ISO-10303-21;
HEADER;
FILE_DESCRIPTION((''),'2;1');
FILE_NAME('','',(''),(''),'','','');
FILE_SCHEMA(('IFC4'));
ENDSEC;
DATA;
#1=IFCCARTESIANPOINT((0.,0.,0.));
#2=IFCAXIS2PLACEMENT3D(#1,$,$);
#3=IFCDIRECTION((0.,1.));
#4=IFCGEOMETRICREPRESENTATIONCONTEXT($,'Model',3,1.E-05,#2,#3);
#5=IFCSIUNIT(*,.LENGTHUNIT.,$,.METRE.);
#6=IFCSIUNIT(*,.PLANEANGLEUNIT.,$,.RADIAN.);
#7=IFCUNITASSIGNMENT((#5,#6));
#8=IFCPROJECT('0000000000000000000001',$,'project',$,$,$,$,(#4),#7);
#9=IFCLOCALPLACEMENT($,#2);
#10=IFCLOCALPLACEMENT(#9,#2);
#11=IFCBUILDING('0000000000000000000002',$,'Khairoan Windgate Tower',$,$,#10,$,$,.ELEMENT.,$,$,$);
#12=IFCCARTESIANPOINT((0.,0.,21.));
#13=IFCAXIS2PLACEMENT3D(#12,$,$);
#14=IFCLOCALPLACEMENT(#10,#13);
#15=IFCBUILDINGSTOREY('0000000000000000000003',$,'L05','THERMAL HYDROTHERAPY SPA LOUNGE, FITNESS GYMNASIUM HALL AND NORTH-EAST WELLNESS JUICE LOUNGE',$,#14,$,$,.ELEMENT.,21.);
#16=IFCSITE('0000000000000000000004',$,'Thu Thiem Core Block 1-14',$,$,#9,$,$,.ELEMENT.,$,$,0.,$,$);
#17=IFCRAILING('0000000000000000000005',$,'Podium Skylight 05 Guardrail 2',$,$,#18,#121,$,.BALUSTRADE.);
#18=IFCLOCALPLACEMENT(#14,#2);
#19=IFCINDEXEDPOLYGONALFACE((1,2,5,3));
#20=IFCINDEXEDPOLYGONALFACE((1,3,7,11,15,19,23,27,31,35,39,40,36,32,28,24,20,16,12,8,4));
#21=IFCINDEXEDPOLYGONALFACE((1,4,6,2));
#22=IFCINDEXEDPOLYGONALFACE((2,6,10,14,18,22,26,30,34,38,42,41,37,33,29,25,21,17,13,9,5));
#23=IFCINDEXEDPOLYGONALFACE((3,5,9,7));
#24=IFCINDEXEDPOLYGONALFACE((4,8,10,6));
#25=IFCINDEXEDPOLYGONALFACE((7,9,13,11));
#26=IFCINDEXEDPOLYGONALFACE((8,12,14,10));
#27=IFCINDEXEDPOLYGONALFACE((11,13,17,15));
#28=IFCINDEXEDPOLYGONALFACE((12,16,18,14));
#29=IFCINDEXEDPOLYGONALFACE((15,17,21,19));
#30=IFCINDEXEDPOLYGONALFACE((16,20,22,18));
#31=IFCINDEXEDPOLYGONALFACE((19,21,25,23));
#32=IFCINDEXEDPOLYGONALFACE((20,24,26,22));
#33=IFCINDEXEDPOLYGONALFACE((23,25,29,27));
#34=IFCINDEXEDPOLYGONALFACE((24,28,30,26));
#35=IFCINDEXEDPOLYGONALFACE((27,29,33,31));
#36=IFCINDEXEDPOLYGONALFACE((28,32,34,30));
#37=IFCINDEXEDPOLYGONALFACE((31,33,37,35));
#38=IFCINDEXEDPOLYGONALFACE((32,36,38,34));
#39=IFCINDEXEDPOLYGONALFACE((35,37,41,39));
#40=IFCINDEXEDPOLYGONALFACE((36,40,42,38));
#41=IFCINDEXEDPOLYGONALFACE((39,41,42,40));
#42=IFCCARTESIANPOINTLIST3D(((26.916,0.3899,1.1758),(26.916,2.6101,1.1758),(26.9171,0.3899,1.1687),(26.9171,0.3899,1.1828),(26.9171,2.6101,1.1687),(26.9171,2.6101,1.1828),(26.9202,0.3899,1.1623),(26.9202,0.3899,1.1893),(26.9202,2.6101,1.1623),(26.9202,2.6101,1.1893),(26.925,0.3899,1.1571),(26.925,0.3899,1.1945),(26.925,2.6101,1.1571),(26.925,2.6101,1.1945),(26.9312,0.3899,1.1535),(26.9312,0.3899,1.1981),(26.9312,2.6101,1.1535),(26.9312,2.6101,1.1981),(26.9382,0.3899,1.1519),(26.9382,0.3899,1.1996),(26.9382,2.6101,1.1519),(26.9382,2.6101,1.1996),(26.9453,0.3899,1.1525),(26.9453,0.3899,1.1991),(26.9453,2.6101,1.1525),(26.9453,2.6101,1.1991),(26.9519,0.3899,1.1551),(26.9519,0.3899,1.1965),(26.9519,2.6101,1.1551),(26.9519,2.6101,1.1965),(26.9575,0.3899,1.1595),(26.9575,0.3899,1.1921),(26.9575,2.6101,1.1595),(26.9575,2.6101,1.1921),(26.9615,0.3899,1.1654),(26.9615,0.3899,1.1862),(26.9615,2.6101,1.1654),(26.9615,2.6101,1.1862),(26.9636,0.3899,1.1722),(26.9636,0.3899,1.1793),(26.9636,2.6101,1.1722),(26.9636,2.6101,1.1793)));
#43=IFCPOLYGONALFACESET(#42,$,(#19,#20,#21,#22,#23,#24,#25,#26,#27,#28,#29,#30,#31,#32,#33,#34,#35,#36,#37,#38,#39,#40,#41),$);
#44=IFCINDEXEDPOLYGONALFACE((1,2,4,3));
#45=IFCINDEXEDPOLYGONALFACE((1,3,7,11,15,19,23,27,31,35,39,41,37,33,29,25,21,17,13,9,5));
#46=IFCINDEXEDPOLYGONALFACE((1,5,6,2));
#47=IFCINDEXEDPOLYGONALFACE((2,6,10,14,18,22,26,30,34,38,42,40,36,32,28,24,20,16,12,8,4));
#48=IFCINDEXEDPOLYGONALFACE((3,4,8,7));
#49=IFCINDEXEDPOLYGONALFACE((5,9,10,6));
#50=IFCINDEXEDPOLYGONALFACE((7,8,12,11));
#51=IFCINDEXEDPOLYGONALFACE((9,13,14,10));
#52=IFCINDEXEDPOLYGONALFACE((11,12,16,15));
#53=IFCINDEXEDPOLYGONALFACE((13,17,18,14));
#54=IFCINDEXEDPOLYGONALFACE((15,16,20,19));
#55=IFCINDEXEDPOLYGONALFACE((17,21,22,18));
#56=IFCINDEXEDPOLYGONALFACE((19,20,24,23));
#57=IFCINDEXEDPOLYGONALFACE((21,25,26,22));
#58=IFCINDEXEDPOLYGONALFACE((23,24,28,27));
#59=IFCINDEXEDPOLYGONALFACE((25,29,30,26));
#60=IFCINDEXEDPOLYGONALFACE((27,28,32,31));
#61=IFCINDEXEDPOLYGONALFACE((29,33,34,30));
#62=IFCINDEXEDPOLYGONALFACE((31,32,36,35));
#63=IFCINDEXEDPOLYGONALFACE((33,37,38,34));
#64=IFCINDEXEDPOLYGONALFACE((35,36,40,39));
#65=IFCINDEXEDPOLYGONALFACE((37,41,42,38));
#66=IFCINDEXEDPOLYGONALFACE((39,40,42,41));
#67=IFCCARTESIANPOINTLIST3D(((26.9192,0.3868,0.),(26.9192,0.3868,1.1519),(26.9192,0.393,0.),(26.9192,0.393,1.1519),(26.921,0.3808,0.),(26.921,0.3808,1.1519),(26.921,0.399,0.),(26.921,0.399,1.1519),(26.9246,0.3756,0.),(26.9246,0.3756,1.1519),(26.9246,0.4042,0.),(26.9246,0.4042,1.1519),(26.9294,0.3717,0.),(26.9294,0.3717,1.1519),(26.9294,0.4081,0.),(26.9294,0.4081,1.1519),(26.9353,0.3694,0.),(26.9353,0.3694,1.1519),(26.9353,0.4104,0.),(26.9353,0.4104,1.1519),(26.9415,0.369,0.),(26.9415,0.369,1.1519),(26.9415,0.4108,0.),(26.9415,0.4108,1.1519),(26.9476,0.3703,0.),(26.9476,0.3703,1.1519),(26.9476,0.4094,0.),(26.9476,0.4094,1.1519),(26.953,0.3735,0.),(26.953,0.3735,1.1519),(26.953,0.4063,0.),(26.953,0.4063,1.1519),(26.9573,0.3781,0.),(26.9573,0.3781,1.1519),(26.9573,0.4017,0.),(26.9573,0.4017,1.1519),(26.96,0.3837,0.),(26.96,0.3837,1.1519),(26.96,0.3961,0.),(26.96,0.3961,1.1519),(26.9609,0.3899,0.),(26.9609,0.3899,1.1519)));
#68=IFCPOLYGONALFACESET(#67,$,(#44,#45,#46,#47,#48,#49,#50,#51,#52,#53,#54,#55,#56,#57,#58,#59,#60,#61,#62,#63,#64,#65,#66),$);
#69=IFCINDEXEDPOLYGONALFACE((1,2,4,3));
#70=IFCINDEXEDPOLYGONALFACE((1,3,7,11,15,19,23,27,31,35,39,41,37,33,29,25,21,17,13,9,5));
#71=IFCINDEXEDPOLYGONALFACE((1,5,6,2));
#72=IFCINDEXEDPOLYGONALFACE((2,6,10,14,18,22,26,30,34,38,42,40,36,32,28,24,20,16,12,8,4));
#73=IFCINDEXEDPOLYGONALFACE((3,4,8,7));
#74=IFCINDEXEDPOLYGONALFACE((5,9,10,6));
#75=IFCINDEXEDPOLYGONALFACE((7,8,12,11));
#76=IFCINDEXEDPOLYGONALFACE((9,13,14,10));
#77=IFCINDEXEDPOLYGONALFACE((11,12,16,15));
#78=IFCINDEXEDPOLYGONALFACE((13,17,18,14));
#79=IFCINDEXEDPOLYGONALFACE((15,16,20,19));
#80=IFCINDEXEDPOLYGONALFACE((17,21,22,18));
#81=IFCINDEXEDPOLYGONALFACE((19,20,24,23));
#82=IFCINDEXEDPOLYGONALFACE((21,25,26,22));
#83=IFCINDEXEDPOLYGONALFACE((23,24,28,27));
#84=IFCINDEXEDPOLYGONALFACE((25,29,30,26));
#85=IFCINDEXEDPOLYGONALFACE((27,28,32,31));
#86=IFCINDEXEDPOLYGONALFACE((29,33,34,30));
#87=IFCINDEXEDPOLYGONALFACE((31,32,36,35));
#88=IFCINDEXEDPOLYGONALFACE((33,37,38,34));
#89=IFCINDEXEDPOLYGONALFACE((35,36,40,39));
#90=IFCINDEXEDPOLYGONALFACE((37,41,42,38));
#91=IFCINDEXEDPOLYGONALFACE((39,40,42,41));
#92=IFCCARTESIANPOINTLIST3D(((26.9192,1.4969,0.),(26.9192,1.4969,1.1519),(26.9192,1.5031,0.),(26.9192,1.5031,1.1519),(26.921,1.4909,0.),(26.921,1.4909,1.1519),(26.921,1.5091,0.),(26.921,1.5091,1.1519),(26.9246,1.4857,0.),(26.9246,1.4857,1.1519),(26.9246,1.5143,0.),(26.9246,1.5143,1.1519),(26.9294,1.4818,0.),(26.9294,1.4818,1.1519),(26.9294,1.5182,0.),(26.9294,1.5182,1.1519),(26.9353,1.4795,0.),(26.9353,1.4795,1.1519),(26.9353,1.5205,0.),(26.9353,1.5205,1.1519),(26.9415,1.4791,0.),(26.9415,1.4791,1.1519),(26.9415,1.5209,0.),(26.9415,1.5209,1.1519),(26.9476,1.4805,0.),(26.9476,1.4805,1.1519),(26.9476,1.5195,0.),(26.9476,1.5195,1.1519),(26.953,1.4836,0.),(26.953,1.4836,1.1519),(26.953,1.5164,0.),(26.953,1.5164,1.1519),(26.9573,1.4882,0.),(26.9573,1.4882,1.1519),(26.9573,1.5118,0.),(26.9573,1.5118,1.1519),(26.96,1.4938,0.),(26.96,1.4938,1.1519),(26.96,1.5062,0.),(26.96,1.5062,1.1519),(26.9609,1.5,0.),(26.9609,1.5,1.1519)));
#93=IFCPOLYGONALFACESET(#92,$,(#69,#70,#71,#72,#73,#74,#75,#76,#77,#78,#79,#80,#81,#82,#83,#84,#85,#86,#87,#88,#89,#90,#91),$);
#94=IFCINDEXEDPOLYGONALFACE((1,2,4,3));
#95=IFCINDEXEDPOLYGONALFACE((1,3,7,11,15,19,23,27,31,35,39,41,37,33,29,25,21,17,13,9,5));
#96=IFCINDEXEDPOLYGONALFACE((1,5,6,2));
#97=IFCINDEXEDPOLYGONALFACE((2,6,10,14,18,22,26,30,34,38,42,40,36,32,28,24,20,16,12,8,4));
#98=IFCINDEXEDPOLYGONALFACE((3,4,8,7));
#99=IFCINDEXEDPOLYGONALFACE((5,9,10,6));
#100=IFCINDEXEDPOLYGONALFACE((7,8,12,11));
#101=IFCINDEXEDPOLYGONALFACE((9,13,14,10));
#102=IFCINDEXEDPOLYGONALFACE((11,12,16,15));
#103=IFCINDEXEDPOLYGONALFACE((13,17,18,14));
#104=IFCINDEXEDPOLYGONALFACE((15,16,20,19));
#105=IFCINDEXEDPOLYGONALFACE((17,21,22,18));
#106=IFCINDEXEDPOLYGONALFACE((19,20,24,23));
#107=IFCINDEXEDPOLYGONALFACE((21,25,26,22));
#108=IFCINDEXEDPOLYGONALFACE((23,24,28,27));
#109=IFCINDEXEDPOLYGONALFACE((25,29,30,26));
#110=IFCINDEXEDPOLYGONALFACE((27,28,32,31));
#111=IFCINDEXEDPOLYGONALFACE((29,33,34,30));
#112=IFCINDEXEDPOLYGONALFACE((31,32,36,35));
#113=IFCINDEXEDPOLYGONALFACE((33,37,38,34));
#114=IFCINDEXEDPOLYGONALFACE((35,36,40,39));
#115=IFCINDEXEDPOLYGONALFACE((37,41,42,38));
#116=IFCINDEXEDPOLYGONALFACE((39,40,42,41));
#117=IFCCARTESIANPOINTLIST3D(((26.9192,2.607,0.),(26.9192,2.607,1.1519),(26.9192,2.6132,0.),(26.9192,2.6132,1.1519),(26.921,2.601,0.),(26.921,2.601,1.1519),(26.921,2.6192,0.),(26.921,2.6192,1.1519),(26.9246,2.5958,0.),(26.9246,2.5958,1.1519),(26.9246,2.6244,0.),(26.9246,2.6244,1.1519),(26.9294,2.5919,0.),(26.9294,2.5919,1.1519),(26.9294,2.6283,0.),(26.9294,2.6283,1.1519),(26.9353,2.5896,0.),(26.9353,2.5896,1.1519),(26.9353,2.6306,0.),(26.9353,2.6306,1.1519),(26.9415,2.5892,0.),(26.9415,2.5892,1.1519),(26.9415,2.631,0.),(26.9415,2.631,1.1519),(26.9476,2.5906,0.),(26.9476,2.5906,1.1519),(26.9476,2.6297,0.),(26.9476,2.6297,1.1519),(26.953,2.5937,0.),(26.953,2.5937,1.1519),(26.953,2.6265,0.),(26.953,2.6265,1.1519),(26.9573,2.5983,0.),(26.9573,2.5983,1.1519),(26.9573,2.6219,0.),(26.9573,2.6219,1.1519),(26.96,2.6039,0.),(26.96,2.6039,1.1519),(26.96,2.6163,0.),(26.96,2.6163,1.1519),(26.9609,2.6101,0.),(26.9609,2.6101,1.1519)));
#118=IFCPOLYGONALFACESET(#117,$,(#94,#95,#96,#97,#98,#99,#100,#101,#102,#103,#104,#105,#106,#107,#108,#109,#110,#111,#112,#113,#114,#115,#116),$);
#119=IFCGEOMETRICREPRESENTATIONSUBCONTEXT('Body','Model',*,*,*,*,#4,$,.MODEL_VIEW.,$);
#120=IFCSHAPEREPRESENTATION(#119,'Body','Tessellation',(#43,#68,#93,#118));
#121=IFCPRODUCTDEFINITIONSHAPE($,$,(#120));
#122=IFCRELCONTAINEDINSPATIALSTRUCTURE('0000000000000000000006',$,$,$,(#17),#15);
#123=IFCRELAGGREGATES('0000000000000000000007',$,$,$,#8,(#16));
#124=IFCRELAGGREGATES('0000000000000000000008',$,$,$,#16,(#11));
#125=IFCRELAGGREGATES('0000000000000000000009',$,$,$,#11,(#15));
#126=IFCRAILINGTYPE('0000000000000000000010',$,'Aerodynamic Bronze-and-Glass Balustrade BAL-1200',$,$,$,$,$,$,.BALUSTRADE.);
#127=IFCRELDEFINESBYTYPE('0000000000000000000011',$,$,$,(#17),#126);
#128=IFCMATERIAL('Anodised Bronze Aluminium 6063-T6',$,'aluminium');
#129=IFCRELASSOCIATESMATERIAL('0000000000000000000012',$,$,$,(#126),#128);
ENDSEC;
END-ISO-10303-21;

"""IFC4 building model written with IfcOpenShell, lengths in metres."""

from ifc_helpers import new_model, si_unit, direction, frame, origin, origin_2d, place, context, subcontext, project, spatial, circle, extrude, material, type_object, element, save


model = new_model("IFC4")

# Units and contexts
model_context = context("Model", 3, precision=1e-05, world=origin(), true_north=direction((0.0, 1.0)))
body_context = subcontext(model_context, "Body", "Model", "MODEL_VIEW")
ifc_project = project(units=[si_unit("LENGTHUNIT", "METRE"), si_unit("PLANEANGLEUNIT", "RADIAN")], contexts=[model_context])

# Site, building, storey
site_placement = place(None, origin())
site = spatial("IfcSite", under=ifc_project, at=site_placement, Name="Thu Thiem Core Block 1-14", CompositionType="ELEMENT", RefElevation=0.0)
building_placement = place(site_placement, origin())
building = spatial("IfcBuilding", under=site, at=building_placement, Name="Khairoan Windgate Tower", CompositionType="ELEMENT")
storey_placement = place(building_placement, frame((0.0, 0.0, 21.0)))
storey = spatial("IfcBuildingStorey", under=building, at=storey_placement, Name="L05", Description="THERMAL HYDROTHERAPY SPA LOUNGE, FITNESS GYMNASIUM HALL AND NORTH-EAST WELLNESS JUICE LOUNGE", CompositionType="ELEMENT", Elevation=21.0)

# Railing
ifc_material_1 = material(Name="Anodised Bronze Aluminium 6063-T6", Category="aluminium")
railing_type = type_object("IfcRailingType", Name="Aerodynamic Bronze-and-Glass Balustrade BAL-1200", PredefinedType="BALUSTRADE", material=ifc_material_1)
railing_1_placement = place(storey_placement, frame((26.9399, 0.3899, 0.0)))
element("IfcRailing", 1, at=railing_1_placement, inside=storey, type_object=railing_type, Name="Podium Skylight 05 Guardrail 2", PredefinedType="BALUSTRADE", context=body_context, shape_type="SweptSolid", body=[
    extrude(circle(Radius=0.0239, at=origin_2d()), frame((0.0, 0.0, 1.1758), z_axis=(0.0, 1.0, 0.0), x_axis=(-1.0, 0.0, 0.0)), (0.0, 0.0, 1.0), 2.2202),
    extrude(circle(Radius=0.021, at=origin_2d()), origin(), (0.0, 0.0, 1.0), 1.1519),
    extrude(circle(Radius=0.021, at=origin_2d()), frame((0.0, 1.1101, 0.0)), (0.0, 0.0, 1.0), 1.1519),
    extrude(circle(Radius=0.021, at=origin_2d()), frame((0.0, 2.2202, 0.0)), (0.0, 0.0, 1.0), 1.1519),
])

save(model, "model.ifc")
